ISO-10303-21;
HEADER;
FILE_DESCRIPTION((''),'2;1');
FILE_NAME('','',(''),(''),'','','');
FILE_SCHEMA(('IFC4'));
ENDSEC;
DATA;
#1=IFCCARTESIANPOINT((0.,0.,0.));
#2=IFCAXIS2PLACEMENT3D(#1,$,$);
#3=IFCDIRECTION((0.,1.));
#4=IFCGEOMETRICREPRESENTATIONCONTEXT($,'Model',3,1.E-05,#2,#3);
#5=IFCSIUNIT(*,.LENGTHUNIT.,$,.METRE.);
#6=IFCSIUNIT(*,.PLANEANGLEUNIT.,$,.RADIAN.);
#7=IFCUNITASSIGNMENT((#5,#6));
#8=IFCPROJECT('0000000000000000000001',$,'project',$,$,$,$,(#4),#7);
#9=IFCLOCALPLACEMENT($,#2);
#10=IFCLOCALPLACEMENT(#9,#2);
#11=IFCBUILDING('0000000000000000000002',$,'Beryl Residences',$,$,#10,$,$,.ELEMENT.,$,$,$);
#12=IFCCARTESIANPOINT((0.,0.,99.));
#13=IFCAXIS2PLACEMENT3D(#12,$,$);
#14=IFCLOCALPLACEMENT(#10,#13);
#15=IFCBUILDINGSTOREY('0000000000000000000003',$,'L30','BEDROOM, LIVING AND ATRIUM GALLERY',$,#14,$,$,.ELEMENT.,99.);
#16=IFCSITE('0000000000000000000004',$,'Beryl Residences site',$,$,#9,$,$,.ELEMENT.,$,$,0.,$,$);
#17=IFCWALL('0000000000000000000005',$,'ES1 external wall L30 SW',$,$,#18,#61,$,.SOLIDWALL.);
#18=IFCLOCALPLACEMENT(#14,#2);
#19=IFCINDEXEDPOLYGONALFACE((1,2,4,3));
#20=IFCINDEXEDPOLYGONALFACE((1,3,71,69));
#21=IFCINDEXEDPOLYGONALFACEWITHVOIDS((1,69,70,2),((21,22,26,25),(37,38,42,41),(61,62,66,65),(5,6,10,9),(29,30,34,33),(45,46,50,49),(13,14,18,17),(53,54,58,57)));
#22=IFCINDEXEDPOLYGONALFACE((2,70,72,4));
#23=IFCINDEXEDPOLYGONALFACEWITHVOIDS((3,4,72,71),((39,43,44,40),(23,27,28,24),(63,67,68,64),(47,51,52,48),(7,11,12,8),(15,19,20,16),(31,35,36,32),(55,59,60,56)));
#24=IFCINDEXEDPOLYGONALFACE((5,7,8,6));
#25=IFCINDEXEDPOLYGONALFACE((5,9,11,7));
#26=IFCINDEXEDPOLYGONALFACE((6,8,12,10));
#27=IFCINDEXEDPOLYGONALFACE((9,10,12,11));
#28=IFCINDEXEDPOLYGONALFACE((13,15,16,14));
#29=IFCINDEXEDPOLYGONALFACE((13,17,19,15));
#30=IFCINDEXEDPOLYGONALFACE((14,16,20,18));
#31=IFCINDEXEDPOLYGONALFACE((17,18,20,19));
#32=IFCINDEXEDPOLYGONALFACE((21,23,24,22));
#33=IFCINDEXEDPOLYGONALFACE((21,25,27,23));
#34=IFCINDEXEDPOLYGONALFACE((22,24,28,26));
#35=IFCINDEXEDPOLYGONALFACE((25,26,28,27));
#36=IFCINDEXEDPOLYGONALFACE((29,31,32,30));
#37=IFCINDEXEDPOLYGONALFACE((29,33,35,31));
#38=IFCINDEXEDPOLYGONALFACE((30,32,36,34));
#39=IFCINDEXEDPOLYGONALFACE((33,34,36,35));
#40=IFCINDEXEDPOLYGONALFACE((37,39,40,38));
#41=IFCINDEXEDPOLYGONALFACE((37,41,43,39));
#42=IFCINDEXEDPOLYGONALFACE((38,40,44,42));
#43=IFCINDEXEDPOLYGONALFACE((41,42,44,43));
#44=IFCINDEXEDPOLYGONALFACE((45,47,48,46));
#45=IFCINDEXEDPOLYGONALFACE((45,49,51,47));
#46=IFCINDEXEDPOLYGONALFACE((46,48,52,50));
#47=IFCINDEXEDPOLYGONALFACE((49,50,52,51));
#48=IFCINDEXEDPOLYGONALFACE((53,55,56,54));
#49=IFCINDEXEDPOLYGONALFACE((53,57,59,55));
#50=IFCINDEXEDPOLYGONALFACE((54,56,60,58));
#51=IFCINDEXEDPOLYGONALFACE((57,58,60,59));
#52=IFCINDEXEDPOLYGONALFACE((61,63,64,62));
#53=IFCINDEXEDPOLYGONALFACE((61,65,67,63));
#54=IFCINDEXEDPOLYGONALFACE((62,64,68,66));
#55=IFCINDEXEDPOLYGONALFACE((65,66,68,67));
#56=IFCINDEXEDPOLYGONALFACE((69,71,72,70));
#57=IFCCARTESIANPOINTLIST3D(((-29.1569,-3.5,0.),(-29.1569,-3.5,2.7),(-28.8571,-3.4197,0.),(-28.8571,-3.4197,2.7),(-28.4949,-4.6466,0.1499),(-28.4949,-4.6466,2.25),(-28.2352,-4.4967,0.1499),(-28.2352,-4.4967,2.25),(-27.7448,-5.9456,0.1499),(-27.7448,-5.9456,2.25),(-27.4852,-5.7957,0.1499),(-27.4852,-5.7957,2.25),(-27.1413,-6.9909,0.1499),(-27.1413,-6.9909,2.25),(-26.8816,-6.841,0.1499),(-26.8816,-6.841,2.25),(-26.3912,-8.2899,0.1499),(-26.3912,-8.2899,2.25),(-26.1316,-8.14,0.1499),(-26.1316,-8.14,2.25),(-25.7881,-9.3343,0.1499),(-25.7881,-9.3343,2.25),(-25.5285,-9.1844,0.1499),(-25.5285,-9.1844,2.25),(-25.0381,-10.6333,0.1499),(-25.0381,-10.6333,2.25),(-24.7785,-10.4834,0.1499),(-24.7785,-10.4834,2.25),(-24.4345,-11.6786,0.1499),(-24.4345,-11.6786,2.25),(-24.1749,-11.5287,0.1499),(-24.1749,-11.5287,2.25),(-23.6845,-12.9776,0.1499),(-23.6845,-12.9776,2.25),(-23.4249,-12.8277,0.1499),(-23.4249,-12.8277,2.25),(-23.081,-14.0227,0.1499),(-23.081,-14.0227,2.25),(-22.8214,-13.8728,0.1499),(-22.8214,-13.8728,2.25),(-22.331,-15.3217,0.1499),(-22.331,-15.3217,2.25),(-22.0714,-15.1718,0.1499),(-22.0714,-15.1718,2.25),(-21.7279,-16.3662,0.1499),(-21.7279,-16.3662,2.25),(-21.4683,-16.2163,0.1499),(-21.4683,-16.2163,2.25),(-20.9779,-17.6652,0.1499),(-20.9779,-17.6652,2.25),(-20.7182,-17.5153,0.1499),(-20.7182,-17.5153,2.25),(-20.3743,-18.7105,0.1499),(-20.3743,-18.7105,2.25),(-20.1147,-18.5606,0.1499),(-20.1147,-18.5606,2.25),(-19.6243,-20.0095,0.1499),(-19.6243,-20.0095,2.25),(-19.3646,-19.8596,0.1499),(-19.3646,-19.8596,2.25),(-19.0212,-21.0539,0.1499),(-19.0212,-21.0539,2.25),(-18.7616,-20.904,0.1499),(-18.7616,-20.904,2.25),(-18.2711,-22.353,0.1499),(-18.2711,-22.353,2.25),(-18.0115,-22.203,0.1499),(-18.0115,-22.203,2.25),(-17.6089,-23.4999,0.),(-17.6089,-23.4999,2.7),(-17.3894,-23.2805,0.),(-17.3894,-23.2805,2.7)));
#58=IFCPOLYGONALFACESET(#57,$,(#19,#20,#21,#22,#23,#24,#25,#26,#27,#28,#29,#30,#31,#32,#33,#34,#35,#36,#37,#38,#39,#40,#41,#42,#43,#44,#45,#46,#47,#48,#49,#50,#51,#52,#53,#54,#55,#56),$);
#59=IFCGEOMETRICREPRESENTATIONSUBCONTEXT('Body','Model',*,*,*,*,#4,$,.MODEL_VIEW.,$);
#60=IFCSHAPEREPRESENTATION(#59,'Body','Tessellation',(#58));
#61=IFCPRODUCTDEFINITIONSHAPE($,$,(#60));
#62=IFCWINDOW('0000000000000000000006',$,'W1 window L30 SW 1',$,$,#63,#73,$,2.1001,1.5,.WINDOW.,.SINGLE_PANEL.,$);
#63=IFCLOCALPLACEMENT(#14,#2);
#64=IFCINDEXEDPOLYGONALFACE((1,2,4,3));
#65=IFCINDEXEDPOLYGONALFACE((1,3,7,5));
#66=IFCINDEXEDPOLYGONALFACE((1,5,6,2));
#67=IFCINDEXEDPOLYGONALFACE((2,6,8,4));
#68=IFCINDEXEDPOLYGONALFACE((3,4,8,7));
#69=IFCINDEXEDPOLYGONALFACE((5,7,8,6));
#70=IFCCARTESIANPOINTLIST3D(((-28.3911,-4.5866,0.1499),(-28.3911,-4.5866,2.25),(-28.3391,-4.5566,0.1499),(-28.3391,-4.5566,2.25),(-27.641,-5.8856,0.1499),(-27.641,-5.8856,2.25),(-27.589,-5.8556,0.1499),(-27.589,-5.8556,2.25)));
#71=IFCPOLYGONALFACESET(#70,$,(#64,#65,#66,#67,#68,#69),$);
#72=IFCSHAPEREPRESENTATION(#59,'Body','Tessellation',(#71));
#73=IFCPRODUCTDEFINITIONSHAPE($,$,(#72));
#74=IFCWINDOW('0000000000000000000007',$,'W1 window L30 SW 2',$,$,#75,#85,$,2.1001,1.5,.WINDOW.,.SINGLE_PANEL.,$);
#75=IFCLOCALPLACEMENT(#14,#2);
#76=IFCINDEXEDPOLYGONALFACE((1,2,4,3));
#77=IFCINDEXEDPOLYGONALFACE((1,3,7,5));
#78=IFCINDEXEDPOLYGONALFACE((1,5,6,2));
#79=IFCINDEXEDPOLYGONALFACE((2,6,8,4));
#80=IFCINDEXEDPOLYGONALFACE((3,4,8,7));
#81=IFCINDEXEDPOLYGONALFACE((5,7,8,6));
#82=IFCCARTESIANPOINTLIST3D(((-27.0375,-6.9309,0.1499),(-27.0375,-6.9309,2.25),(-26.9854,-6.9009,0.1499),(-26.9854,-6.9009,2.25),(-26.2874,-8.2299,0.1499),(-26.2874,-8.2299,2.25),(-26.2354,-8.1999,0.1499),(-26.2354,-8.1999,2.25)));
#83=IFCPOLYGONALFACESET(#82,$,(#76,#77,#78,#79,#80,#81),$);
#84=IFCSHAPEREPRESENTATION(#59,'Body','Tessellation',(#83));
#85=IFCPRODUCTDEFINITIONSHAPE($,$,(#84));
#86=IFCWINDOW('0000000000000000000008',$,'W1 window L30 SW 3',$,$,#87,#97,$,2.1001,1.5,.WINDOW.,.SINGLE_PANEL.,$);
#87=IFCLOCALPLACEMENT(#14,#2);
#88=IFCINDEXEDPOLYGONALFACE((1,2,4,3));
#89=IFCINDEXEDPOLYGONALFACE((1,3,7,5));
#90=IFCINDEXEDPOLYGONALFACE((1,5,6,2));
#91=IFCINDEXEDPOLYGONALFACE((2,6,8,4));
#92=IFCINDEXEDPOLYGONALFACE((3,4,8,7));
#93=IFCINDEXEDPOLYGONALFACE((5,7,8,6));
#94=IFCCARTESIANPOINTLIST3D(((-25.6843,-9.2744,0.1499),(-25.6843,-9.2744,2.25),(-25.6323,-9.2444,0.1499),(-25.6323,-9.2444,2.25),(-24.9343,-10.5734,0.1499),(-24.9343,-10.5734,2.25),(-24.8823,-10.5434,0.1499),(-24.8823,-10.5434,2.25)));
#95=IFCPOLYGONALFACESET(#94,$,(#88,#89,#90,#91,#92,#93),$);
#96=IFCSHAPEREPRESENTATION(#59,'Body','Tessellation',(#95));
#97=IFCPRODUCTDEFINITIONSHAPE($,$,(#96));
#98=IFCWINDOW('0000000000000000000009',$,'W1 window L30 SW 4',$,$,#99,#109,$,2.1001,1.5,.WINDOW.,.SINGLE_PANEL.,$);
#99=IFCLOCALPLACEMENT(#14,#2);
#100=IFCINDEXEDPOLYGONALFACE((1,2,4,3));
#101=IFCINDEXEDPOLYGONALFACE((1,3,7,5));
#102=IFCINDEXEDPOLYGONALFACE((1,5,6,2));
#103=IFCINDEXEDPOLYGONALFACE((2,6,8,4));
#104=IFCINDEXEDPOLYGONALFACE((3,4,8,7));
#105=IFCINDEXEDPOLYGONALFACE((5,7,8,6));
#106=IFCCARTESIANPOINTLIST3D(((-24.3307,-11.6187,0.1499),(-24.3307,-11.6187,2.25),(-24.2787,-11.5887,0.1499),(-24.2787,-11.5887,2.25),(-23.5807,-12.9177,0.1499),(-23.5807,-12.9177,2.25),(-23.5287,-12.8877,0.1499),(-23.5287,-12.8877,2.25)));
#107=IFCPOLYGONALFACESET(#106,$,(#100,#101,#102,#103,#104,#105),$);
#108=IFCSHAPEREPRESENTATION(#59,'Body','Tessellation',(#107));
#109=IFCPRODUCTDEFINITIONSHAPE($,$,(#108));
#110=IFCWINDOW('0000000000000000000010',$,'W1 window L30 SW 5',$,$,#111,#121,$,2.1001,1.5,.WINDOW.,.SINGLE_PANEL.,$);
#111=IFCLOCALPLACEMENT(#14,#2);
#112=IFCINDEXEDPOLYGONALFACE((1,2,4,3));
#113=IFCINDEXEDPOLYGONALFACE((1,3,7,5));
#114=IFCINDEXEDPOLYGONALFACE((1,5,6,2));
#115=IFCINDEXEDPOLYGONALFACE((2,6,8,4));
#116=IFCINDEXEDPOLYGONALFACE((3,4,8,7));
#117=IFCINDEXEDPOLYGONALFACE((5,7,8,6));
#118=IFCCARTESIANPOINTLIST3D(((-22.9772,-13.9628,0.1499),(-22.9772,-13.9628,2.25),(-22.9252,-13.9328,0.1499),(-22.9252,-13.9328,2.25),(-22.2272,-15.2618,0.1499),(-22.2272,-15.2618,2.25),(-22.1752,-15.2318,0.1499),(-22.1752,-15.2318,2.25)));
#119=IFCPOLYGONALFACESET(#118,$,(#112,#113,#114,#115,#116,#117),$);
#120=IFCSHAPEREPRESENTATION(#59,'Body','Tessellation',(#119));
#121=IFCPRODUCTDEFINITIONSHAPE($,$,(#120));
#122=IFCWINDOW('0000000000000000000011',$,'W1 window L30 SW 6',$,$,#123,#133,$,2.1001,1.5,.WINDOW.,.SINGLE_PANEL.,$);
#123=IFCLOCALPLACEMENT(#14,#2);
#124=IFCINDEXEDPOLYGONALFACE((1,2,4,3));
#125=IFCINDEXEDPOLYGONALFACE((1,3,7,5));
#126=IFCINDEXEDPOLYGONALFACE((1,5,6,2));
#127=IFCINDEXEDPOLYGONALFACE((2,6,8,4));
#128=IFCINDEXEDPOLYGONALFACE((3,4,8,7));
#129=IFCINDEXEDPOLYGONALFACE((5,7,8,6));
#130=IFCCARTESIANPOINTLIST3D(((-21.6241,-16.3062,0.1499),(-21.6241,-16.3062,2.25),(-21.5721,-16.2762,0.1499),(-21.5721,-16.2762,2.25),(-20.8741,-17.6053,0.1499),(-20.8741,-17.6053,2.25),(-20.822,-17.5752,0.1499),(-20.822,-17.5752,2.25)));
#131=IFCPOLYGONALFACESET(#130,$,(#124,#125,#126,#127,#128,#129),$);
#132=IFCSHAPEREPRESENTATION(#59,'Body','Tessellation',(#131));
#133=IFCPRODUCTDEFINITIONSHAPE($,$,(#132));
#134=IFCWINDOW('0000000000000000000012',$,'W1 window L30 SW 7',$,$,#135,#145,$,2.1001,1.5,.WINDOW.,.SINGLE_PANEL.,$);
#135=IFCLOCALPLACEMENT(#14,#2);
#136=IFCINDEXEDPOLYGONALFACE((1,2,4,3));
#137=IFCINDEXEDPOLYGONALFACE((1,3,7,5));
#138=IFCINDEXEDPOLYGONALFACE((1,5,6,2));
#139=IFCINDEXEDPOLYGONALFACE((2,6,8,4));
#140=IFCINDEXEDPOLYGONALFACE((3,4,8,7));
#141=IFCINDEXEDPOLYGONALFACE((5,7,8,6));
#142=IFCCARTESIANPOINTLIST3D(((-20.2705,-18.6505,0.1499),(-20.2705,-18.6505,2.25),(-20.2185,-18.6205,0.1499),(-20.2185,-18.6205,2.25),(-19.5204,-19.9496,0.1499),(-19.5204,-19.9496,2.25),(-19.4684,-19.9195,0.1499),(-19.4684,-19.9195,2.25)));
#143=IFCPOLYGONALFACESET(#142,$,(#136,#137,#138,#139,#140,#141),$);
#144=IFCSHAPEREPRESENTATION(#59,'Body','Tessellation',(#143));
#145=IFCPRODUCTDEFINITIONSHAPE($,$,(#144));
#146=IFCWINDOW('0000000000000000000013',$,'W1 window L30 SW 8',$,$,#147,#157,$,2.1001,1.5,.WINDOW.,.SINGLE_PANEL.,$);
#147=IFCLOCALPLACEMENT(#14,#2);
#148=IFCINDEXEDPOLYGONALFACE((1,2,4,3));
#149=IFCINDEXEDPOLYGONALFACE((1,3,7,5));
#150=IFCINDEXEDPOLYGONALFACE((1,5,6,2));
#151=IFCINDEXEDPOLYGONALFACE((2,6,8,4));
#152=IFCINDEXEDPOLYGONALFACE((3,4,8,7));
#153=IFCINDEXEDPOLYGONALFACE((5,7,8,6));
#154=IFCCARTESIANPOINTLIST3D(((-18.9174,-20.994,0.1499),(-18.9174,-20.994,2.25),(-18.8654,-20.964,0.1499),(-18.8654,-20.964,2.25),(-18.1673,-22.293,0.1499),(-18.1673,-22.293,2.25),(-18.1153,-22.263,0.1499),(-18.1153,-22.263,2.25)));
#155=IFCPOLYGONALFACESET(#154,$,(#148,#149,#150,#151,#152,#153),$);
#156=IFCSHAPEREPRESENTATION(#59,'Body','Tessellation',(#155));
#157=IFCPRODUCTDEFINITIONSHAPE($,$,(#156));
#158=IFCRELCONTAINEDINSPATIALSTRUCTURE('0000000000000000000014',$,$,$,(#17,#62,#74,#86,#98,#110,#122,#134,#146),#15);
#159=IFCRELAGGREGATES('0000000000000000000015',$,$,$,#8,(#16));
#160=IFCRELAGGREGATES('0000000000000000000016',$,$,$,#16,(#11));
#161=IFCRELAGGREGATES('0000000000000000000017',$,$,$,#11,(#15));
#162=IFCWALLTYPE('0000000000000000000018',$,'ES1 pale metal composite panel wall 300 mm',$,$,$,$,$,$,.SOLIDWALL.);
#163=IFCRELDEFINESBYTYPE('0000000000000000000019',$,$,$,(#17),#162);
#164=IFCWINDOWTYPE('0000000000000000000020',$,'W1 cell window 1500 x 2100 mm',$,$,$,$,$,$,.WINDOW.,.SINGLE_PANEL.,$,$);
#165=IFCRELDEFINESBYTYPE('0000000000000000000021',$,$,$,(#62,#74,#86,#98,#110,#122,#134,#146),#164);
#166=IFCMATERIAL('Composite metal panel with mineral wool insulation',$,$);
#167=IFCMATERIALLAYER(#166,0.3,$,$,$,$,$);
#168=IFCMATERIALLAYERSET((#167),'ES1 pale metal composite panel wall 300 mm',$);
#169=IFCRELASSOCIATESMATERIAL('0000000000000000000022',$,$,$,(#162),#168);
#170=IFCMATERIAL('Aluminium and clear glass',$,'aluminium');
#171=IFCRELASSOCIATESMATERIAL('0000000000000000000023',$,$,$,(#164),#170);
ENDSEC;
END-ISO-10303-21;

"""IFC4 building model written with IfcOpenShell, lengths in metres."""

from ifc_helpers import new_model, si_unit, direction, frame, frame_2d, origin, place, context, subcontext, project, spatial, polyline, rectangle, outline, extrude, material, layer, layer_set, type_object, element, fill, save


model = new_model("IFC4")

# Units and contexts
model_context = context("Model", 3, precision=1e-05, world=origin(), true_north=direction((0.0, 1.0)))
body_context = subcontext(model_context, "Body", "Model", "MODEL_VIEW")
ifc_project = project(units=[si_unit("LENGTHUNIT", "METRE"), si_unit("PLANEANGLEUNIT", "RADIAN")], contexts=[model_context])

# Site, building, storey
site_placement = place(None, origin())
site = spatial("IfcSite", under=ifc_project, at=site_placement, Name="Beryl Residences site", CompositionType="ELEMENT", RefElevation=0.0)
building_placement = place(site_placement, origin())
building = spatial("IfcBuilding", under=site, at=building_placement, Name="Beryl Residences", CompositionType="ELEMENT")
storey_placement = place(building_placement, frame((0.0, 0.0, 99.0)))
storey = spatial("IfcBuildingStorey", under=building, at=storey_placement, Name="L30", Description="BEDROOM, LIVING AND ATRIUM GALLERY", CompositionType="ELEMENT", Elevation=99.0)

# Wall, openings, windows
ifc_material_1 = material(Name="Composite metal panel with mineral wool insulation")
ifc_layer_1 = layer(ifc_material_1, 0.3)
ifc_layer_set_1 = layer_set([ifc_layer_1], Name="ES1 pale metal composite panel wall 300 mm")
wall_type_1 = type_object("IfcWallType", Name="ES1 pale metal composite panel wall 300 mm", PredefinedType="SOLIDWALL", material=ifc_layer_set_1)
wall_1_placement = place(storey_placement, frame((-29.0271, -3.425, 0.0), z_axis=(0.0, 0.0, 1.0), x_axis=(0.500035, -0.866005, 0.0)))
wall_1 = element("IfcWall", 1, at=wall_1_placement, inside=storey, type_object=wall_type_1, Name="ES1 external wall L30 SW", PredefinedType="SOLIDWALL", context=body_context, shape_type="SweptSolid", body=[
    extrude(outline(polyline([(0.0, -0.1499), (23.0945, -0.1499), (23.0142, 0.1499), (0.0803, 0.1499), (0.0, -0.1499)])), origin(), (0.0, 0.0, 1.0), 2.7),
])
opening_1_placement = place(wall_1_placement, frame((1.324, 0.0, 0.1499)))
opening_1 = element("IfcOpeningElement", 2, at=opening_1_placement, cuts=wall_1, PredefinedType="OPENING", context=body_context, shape_type="SweptSolid", body=[
    extrude(rectangle(XDim=1.5, YDim=2.1001, at=frame_2d((0.75, 1.05))), frame((0.0, 0.1599, 0.0), z_axis=(0.0, -1.0, 0.0), x_axis=(1.0, 0.0, 0.0)), (0.0, 0.0, 1.0), 0.3201),
])
opening_2_placement = place(wall_1_placement, frame((4.031, 0.0, 0.1499)))
opening_2 = element("IfcOpeningElement", 3, at=opening_2_placement, cuts=wall_1, PredefinedType="OPENING", context=body_context, shape_type="SweptSolid", body=[
    extrude(rectangle(XDim=1.5, YDim=2.1001, at=frame_2d((0.75, 1.05))), frame((0.0, 0.1599, 0.0), z_axis=(0.0, -1.0, 0.0), x_axis=(1.0, 0.0, 0.0)), (0.0, 0.0, 1.0), 0.3201),
])
opening_3_placement = place(wall_1_placement, frame((6.7371, 0.0, 0.1499)))
opening_3 = element("IfcOpeningElement", 4, at=opening_3_placement, cuts=wall_1, PredefinedType="OPENING", context=body_context, shape_type="SweptSolid", body=[
    extrude(rectangle(XDim=1.5, YDim=2.1001, at=frame_2d((0.75, 1.05))), frame((0.0, 0.1599, 0.0), z_axis=(0.0, -1.0, 0.0), x_axis=(1.0, 0.0, 0.0)), (0.0, 0.0, 1.0), 0.3201),
])
opening_4_placement = place(wall_1_placement, frame((9.4441, 0.0, 0.1499)))
opening_4 = element("IfcOpeningElement", 5, at=opening_4_placement, cuts=wall_1, PredefinedType="OPENING", context=body_context, shape_type="SweptSolid", body=[
    extrude(rectangle(XDim=1.5, YDim=2.1001, at=frame_2d((0.75, 1.05))), frame((0.0, 0.1599, 0.0), z_axis=(0.0, -1.0, 0.0), x_axis=(1.0, 0.0, 0.0)), (0.0, 0.0, 1.0), 0.3201),
])
opening_5_placement = place(wall_1_placement, frame((12.1509, 0.0, 0.1499)))
opening_5 = element("IfcOpeningElement", 6, at=opening_5_placement, cuts=wall_1, PredefinedType="OPENING", context=body_context, shape_type="SweptSolid", body=[
    extrude(rectangle(XDim=1.5, YDim=2.1001, at=frame_2d((0.75, 1.05))), frame((0.0, 0.1599, 0.0), z_axis=(0.0, -1.0, 0.0), x_axis=(1.0, 0.0, 0.0)), (0.0, 0.0, 1.0), 0.3201),
])
opening_6_placement = place(wall_1_placement, frame((14.8569, 0.0, 0.1499)))
opening_6 = element("IfcOpeningElement", 7, at=opening_6_placement, cuts=wall_1, PredefinedType="OPENING", context=body_context, shape_type="SweptSolid", body=[
    extrude(rectangle(XDim=1.5, YDim=2.1001, at=frame_2d((0.75, 1.05))), frame((0.0, 0.1599, 0.0), z_axis=(0.0, -1.0, 0.0), x_axis=(1.0, 0.0, 0.0)), (0.0, 0.0, 1.0), 0.3201),
])
opening_7_placement = place(wall_1_placement, frame((17.564, 0.0, 0.1499)))
opening_7 = element("IfcOpeningElement", 8, at=opening_7_placement, cuts=wall_1, PredefinedType="OPENING", context=body_context, shape_type="SweptSolid", body=[
    extrude(rectangle(XDim=1.5, YDim=2.1001, at=frame_2d((0.75, 1.05))), frame((0.0, 0.1599, 0.0), z_axis=(0.0, -1.0, 0.0), x_axis=(1.0, 0.0, 0.0)), (0.0, 0.0, 1.0), 0.3201),
])
opening_8_placement = place(wall_1_placement, frame((20.27, 0.0, 0.1499)))
opening_8 = element("IfcOpeningElement", 9, at=opening_8_placement, cuts=wall_1, PredefinedType="OPENING", context=body_context, shape_type="SweptSolid", body=[
    extrude(rectangle(XDim=1.5, YDim=2.1001, at=frame_2d((0.75, 1.05))), frame((0.0, 0.1599, 0.0), z_axis=(0.0, -1.0, 0.0), x_axis=(1.0, 0.0, 0.0)), (0.0, 0.0, 1.0), 0.3201),
])
ifc_material_2 = material(Name="Aluminium and clear glass", Category="aluminium")
window_type = type_object("IfcWindowType", Name="W1 cell window 1500 x 2100 mm", PartitioningType="SINGLE_PANEL", PredefinedType="WINDOW", material=ifc_material_2)
window_1_placement = place(opening_1_placement, origin())
window_1 = element("IfcWindow", 10, at=window_1_placement, inside=storey, type_object=window_type, Name="W1 window L30 SW 1", OverallHeight=2.1001, OverallWidth=1.5, PartitioningType="SINGLE_PANEL", PredefinedType="WINDOW", context=body_context, shape_type="SweptSolid", body=[
    extrude(rectangle(XDim=1.5, YDim=2.1001, at=frame_2d((0.75, 1.05))), frame((0.0, 0.03, 0.0), z_axis=(0.0, -1.0, 0.0), x_axis=(1.0, 0.0, 0.0)), (0.0, 0.0, 1.0), 0.0601),
])
fill(opening_1, window_1)
window_2_placement = place(opening_2_placement, origin())
window_2 = element("IfcWindow", 11, at=window_2_placement, inside=storey, type_object=window_type, Name="W1 window L30 SW 2", OverallHeight=2.1001, OverallWidth=1.5, PartitioningType="SINGLE_PANEL", PredefinedType="WINDOW", context=body_context, shape_type="SweptSolid", body=[
    extrude(rectangle(XDim=1.5, YDim=2.1001, at=frame_2d((0.75, 1.05))), frame((0.0, 0.03, 0.0), z_axis=(0.0, -1.0, 0.0), x_axis=(1.0, 0.0, 0.0)), (0.0, 0.0, 1.0), 0.0601),
])
fill(opening_2, window_2)
window_3_placement = place(opening_3_placement, origin())
window_3 = element("IfcWindow", 12, at=window_3_placement, inside=storey, type_object=window_type, Name="W1 window L30 SW 3", OverallHeight=2.1001, OverallWidth=1.5, PartitioningType="SINGLE_PANEL", PredefinedType="WINDOW", context=body_context, shape_type="SweptSolid", body=[
    extrude(rectangle(XDim=1.5, YDim=2.1001, at=frame_2d((0.75, 1.05))), frame((0.0, 0.03, 0.0), z_axis=(0.0, -1.0, 0.0), x_axis=(1.0, 0.0, 0.0)), (0.0, 0.0, 1.0), 0.0601),
])
fill(opening_3, window_3)
window_4_placement = place(opening_4_placement, origin())
window_4 = element("IfcWindow", 13, at=window_4_placement, inside=storey, type_object=window_type, Name="W1 window L30 SW 4", OverallHeight=2.1001, OverallWidth=1.5, PartitioningType="SINGLE_PANEL", PredefinedType="WINDOW", context=body_context, shape_type="SweptSolid", body=[
    extrude(rectangle(XDim=1.5, YDim=2.1001, at=frame_2d((0.75, 1.05))), frame((0.0, 0.03, 0.0), z_axis=(0.0, -1.0, 0.0), x_axis=(1.0, 0.0, 0.0)), (0.0, 0.0, 1.0), 0.0601),
])
fill(opening_4, window_4)
window_5_placement = place(opening_5_placement, origin())
window_5 = element("IfcWindow", 14, at=window_5_placement, inside=storey, type_object=window_type, Name="W1 window L30 SW 5", OverallHeight=2.1001, OverallWidth=1.5, PartitioningType="SINGLE_PANEL", PredefinedType="WINDOW", context=body_context, shape_type="SweptSolid", body=[
    extrude(rectangle(XDim=1.5, YDim=2.1001, at=frame_2d((0.75, 1.05))), frame((0.0, 0.03, 0.0), z_axis=(0.0, -1.0, 0.0), x_axis=(1.0, 0.0, 0.0)), (0.0, 0.0, 1.0), 0.0601),
])
fill(opening_5, window_5)
window_6_placement = place(opening_6_placement, origin())
window_6 = element("IfcWindow", 15, at=window_6_placement, inside=storey, type_object=window_type, Name="W1 window L30 SW 6", OverallHeight=2.1001, OverallWidth=1.5, PartitioningType="SINGLE_PANEL", PredefinedType="WINDOW", context=body_context, shape_type="SweptSolid", body=[
    extrude(rectangle(XDim=1.5, YDim=2.1001, at=frame_2d((0.75, 1.05))), frame((0.0, 0.03, 0.0), z_axis=(0.0, -1.0, 0.0), x_axis=(1.0, 0.0, 0.0)), (0.0, 0.0, 1.0), 0.0601),
])
fill(opening_6, window_6)
window_7_placement = place(opening_7_placement, origin())
window_7 = element("IfcWindow", 16, at=window_7_placement, inside=storey, type_object=window_type, Name="W1 window L30 SW 7", OverallHeight=2.1001, OverallWidth=1.5, PartitioningType="SINGLE_PANEL", PredefinedType="WINDOW", context=body_context, shape_type="SweptSolid", body=[
    extrude(rectangle(XDim=1.5, YDim=2.1001, at=frame_2d((0.75, 1.05))), frame((0.0, 0.03, 0.0), z_axis=(0.0, -1.0, 0.0), x_axis=(1.0, 0.0, 0.0)), (0.0, 0.0, 1.0), 0.0601),
])
fill(opening_7, window_7)
window_8_placement = place(opening_8_placement, origin())
window_8 = element("IfcWindow", 17, at=window_8_placement, inside=storey, type_object=window_type, Name="W1 window L30 SW 8", OverallHeight=2.1001, OverallWidth=1.5, PartitioningType="SINGLE_PANEL", PredefinedType="WINDOW", context=body_context, shape_type="SweptSolid", body=[
    extrude(rectangle(XDim=1.5, YDim=2.1001, at=frame_2d((0.75, 1.05))), frame((0.0, 0.03, 0.0), z_axis=(0.0, -1.0, 0.0), x_axis=(1.0, 0.0, 0.0)), (0.0, 0.0, 1.0), 0.0601),
])
fill(opening_8, window_8)

save(model, "model.ifc")
